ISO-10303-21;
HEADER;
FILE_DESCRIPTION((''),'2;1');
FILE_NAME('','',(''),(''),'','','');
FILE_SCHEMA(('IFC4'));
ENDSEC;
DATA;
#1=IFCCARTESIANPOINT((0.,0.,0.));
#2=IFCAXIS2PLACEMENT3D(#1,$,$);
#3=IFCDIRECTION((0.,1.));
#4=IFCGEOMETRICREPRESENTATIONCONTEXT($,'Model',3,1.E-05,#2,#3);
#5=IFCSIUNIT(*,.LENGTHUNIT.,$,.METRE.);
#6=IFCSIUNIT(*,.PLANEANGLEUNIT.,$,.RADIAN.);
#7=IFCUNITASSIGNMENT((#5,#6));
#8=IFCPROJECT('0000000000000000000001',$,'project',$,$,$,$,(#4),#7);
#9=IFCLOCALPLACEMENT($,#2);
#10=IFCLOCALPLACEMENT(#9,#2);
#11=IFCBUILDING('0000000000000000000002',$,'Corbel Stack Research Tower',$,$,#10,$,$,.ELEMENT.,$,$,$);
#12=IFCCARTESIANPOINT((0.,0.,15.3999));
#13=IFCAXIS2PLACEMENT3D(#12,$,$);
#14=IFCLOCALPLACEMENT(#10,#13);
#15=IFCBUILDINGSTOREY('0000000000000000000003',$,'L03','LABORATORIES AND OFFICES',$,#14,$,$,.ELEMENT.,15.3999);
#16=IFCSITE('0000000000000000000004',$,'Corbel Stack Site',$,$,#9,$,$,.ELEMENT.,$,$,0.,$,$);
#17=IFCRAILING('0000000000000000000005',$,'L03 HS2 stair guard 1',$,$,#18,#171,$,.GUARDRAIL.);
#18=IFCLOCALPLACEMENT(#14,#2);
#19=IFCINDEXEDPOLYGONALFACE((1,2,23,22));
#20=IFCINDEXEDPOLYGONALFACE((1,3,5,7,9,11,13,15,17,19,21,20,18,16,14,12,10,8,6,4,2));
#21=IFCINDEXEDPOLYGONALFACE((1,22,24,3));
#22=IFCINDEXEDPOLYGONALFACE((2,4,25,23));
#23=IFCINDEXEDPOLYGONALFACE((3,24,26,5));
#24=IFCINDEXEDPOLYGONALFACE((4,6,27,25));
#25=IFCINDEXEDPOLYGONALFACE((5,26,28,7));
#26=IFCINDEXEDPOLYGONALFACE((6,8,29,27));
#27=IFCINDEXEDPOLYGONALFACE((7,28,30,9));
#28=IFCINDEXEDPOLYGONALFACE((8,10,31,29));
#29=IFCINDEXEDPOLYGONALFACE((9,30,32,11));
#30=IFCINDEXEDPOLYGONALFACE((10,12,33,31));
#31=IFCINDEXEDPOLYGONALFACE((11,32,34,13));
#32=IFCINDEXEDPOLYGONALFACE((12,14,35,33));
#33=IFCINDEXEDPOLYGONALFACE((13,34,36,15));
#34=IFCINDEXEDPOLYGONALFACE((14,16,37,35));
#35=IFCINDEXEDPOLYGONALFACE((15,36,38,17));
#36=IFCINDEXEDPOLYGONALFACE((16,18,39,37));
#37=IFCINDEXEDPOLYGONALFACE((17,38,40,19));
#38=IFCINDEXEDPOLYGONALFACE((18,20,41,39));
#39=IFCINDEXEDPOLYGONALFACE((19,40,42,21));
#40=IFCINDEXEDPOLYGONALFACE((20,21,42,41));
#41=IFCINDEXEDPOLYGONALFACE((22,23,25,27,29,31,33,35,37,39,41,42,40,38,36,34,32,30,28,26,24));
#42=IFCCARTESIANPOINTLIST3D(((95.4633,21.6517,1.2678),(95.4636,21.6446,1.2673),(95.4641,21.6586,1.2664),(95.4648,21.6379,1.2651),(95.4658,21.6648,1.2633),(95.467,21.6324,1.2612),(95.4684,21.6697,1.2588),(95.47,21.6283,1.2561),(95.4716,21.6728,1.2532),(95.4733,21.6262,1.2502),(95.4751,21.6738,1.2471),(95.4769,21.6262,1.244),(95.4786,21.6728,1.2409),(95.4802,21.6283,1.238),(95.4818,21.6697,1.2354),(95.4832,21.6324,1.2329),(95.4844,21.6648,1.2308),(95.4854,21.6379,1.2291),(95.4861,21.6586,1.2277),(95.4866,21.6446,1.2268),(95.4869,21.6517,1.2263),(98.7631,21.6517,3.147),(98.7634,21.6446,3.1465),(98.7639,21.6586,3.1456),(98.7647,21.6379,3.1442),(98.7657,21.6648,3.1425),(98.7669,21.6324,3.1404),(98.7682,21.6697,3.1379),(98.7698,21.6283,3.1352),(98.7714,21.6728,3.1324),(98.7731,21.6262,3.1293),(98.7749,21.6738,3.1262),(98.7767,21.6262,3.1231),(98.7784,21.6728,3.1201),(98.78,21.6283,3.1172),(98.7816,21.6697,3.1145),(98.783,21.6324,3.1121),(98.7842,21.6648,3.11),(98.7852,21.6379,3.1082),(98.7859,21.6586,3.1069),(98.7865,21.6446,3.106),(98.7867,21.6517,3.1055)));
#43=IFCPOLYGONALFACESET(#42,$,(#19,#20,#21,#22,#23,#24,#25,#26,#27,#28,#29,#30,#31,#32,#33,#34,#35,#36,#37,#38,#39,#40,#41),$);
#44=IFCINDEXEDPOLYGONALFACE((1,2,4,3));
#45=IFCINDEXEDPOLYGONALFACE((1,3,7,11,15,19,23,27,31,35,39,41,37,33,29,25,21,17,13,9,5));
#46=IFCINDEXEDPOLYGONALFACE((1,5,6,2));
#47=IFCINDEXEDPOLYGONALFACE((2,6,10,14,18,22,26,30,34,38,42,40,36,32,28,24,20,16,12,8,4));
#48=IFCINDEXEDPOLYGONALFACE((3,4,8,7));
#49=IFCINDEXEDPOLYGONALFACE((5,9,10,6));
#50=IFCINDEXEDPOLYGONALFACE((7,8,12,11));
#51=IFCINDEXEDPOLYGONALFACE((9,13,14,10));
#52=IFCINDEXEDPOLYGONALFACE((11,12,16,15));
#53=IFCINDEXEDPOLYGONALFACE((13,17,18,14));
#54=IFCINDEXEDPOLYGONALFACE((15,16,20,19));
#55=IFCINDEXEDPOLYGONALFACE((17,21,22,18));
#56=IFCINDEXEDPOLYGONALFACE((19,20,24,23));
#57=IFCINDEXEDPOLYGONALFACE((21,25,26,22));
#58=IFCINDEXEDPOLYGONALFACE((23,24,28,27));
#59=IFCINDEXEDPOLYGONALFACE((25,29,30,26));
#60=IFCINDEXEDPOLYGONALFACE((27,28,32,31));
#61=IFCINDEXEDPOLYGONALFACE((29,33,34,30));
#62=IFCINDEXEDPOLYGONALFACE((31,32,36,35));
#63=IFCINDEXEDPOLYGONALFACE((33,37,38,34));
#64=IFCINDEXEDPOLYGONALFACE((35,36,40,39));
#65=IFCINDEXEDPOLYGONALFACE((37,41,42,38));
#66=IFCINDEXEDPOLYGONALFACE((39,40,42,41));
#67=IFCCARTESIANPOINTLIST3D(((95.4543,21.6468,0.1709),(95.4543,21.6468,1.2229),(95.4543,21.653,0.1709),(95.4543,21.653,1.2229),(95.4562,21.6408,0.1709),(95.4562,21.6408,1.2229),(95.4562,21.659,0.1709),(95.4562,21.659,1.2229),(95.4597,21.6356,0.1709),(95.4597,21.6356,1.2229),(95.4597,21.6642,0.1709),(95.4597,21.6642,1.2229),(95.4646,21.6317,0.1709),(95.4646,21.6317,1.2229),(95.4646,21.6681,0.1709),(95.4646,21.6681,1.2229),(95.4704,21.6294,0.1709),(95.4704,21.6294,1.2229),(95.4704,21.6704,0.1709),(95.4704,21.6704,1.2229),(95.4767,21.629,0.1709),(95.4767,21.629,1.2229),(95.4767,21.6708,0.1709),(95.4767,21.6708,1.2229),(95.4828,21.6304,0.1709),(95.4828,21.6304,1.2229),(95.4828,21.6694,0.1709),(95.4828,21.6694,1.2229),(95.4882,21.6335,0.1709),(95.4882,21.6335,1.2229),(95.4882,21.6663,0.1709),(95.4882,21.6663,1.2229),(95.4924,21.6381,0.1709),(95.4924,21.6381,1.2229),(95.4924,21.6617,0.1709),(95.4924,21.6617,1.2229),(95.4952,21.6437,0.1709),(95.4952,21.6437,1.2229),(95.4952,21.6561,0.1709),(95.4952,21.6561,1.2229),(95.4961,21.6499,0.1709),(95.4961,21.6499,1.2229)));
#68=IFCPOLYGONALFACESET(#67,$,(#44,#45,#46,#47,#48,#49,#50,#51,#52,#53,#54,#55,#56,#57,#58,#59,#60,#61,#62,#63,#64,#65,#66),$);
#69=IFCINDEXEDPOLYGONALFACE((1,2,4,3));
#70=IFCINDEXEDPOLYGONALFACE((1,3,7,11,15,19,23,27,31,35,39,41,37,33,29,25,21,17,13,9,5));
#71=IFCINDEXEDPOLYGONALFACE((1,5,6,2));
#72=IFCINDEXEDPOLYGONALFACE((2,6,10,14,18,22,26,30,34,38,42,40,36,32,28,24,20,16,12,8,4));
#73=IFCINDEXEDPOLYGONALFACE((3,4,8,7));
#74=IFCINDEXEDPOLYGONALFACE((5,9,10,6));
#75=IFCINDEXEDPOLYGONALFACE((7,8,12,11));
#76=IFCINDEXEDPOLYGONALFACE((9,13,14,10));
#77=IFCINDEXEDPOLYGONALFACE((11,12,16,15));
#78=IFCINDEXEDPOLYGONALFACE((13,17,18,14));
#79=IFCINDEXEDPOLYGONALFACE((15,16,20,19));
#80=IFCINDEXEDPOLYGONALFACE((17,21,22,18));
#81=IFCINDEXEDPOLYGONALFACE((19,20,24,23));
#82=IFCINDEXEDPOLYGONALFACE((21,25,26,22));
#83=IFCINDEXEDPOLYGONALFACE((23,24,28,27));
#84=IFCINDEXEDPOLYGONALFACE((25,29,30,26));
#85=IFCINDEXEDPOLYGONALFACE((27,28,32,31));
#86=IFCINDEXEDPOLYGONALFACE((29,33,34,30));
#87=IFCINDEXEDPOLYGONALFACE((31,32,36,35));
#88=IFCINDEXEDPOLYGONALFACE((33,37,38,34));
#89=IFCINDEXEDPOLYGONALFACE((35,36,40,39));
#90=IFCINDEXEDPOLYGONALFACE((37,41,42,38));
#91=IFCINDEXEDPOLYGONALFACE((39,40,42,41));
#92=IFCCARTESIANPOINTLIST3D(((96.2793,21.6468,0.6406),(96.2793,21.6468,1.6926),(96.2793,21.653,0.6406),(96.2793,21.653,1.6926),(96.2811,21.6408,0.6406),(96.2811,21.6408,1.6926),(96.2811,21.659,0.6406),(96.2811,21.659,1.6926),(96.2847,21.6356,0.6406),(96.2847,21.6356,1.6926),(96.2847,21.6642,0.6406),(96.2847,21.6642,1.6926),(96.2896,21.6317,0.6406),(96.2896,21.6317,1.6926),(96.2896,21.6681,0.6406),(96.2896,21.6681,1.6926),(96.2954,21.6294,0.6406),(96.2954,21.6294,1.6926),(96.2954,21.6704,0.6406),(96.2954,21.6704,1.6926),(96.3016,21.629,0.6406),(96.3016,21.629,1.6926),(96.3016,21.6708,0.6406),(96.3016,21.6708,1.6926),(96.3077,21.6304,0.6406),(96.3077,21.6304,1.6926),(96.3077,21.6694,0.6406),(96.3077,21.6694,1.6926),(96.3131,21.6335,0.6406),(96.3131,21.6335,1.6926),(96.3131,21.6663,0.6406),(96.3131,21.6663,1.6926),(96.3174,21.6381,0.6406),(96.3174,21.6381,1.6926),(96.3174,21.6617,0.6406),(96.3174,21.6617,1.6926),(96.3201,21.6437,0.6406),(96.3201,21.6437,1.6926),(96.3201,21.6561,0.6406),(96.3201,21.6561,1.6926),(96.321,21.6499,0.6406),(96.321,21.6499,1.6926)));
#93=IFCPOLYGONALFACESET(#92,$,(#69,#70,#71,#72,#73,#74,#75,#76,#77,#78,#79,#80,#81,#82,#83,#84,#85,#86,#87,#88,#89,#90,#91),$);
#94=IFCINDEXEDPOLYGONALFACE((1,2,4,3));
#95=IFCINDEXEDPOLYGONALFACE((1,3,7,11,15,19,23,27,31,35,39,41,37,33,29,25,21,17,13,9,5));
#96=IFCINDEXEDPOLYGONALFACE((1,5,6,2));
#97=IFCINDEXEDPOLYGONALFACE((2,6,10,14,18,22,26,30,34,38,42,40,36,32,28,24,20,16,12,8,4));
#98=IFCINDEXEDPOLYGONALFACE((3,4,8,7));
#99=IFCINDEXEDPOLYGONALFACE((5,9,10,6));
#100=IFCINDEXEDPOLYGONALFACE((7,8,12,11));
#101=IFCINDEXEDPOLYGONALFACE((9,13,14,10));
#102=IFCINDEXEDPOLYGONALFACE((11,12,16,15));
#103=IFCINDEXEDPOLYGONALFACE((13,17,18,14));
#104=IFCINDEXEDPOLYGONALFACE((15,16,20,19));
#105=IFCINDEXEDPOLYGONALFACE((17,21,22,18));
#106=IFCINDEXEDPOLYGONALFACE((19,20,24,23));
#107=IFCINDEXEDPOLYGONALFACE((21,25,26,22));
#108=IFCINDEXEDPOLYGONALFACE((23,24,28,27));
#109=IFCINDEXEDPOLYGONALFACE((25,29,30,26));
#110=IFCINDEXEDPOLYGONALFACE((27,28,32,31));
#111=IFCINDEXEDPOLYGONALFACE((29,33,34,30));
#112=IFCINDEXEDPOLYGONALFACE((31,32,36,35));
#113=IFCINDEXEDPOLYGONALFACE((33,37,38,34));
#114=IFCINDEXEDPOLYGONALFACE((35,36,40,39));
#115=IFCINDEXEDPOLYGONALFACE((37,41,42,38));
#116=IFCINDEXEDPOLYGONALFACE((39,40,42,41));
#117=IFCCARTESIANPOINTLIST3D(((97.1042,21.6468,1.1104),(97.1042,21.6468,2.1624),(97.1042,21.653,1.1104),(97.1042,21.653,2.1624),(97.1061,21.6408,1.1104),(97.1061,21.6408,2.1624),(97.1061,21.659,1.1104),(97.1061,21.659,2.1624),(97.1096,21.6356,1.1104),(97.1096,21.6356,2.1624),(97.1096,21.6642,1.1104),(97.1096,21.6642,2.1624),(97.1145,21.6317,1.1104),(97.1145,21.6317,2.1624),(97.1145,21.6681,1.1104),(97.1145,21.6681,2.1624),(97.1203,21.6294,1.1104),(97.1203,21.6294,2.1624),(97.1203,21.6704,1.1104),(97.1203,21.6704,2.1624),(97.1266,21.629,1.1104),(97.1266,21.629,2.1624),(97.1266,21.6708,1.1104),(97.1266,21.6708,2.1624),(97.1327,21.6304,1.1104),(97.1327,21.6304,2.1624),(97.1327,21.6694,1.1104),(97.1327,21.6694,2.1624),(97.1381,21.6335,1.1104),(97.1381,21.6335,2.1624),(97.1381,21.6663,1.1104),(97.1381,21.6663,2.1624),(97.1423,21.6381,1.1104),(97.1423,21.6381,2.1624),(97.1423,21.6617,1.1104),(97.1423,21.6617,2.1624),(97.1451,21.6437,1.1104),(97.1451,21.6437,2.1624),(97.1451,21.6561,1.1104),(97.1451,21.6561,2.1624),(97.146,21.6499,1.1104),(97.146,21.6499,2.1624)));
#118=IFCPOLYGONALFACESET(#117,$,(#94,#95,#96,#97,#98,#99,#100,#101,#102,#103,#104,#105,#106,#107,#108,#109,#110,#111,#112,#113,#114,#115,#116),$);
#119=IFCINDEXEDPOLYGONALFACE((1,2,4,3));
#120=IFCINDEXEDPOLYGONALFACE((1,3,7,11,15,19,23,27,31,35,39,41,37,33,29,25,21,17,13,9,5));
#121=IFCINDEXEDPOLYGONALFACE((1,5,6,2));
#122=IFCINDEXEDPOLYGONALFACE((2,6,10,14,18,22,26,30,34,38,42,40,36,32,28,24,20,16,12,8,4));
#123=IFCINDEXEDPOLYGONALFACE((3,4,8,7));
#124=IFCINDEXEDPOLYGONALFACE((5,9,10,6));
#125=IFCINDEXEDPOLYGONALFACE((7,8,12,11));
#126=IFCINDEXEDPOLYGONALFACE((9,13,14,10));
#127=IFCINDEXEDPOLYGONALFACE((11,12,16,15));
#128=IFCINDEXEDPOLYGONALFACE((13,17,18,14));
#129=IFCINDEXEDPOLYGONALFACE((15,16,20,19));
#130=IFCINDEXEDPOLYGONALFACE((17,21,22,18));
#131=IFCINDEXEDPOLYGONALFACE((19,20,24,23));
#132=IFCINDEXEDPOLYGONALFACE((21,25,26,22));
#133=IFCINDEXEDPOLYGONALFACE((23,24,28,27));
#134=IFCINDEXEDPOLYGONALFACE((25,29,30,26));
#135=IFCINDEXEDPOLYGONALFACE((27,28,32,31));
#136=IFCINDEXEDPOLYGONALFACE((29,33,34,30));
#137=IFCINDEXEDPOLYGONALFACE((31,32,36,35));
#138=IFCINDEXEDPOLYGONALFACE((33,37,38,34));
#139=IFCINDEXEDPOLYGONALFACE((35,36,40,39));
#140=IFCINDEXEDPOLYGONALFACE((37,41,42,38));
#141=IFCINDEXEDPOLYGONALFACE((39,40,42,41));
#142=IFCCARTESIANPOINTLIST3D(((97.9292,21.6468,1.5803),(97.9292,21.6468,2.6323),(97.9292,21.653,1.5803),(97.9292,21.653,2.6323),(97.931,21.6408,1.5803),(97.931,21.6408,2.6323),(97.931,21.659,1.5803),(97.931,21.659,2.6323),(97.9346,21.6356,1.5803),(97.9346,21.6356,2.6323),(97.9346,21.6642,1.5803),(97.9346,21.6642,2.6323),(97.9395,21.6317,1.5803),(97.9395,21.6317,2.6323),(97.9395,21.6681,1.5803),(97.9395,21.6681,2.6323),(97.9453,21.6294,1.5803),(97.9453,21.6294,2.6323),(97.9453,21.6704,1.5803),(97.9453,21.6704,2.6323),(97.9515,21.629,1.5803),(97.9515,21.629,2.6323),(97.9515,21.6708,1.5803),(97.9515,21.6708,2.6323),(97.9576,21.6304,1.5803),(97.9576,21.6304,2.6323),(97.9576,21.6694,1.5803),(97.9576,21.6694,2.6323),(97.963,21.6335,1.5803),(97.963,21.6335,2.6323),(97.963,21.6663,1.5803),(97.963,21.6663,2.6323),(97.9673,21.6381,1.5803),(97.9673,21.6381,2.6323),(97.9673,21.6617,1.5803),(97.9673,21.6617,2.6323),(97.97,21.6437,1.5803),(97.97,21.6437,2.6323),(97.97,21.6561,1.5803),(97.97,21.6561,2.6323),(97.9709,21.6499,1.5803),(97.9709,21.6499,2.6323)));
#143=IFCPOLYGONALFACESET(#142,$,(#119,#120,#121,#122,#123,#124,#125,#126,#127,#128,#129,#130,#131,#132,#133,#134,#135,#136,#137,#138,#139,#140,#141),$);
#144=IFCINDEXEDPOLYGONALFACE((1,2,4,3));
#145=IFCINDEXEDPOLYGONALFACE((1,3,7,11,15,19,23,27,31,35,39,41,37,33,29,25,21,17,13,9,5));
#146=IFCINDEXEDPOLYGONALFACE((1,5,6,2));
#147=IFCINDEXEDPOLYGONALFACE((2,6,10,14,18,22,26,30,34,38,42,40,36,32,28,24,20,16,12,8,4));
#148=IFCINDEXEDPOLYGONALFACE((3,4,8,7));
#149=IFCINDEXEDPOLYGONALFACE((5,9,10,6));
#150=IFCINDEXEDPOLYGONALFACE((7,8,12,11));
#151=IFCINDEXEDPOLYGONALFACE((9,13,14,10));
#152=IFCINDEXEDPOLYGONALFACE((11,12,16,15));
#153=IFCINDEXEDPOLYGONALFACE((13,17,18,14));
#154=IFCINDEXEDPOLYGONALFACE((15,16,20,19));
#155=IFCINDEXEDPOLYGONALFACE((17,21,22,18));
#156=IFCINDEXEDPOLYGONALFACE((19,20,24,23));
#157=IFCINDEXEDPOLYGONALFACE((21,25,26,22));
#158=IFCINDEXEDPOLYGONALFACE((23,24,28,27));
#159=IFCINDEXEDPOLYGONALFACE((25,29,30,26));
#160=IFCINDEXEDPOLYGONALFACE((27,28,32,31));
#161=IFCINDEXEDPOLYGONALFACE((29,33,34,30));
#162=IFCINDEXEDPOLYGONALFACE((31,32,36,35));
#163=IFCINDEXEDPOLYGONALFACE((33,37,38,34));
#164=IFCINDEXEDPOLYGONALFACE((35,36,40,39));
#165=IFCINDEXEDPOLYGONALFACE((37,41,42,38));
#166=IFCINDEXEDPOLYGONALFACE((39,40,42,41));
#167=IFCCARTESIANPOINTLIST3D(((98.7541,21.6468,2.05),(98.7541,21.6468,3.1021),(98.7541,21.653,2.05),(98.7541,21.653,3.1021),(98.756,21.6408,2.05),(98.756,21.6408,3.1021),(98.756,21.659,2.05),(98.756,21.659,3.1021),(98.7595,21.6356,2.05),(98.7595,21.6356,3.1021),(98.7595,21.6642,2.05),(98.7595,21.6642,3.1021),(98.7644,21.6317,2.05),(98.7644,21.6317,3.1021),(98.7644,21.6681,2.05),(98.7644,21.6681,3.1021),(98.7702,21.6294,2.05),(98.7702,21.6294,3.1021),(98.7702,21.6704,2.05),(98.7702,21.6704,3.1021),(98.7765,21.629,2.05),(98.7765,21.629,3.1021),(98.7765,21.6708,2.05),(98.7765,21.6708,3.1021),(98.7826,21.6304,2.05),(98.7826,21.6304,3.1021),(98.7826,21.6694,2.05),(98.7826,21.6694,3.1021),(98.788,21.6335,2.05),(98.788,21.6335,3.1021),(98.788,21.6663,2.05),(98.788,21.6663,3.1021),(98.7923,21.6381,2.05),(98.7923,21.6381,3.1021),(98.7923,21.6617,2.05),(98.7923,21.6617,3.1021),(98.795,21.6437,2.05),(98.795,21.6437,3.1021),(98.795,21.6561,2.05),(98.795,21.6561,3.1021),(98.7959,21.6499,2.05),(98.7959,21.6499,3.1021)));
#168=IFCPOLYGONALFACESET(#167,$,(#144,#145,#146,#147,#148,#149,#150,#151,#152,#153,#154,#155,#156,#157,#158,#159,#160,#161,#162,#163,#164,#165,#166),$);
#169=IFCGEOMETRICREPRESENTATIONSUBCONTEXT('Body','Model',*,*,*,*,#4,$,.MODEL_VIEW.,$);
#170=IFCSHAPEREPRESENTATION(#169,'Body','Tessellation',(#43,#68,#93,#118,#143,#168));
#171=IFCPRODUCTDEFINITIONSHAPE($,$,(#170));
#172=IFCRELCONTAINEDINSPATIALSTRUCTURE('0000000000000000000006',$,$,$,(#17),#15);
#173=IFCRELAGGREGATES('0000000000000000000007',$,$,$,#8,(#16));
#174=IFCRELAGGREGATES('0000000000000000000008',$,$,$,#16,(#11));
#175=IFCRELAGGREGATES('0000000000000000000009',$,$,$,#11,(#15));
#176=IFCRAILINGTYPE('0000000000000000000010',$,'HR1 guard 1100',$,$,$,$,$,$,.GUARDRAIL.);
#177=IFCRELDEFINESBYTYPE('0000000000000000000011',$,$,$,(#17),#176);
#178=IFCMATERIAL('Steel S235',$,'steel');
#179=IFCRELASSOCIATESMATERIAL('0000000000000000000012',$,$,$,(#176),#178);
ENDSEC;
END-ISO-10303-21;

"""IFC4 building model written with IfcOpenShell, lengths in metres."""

from ifc_helpers import new_model, si_unit, direction, frame, origin, origin_2d, place, context, subcontext, project, spatial, circle, extrude, material, type_object, element, save


model = new_model("IFC4")

# Units and contexts
model_context = context("Model", 3, precision=1e-05, world=origin(), true_north=direction((0.0, 1.0)))
body_context = subcontext(model_context, "Body", "Model", "MODEL_VIEW")
ifc_project = project(units=[si_unit("LENGTHUNIT", "METRE"), si_unit("PLANEANGLEUNIT", "RADIAN")], contexts=[model_context])

# Site, building, storey
site_placement = place(None, origin())
site = spatial("IfcSite", under=ifc_project, at=site_placement, Name="Corbel Stack Site", CompositionType="ELEMENT", RefElevation=0.0)
building_placement = place(site_placement, origin())
building = spatial("IfcBuilding", under=site, at=building_placement, Name="Corbel Stack Research Tower", CompositionType="ELEMENT")
storey_placement = place(building_placement, frame((0.0, 0.0, 15.3999)))
storey = spatial("IfcBuildingStorey", under=building, at=storey_placement, Name="L03", Description="LABORATORIES AND OFFICES", CompositionType="ELEMENT", Elevation=15.3999)

# Railing
ifc_material_1 = material(Name="Steel S235", Category="steel")
railing_type_1 = type_object("IfcRailingType", Name="HR1 guard 1100", PredefinedType="GUARDRAIL", material=ifc_material_1)
railing_1_placement = place(storey_placement, frame((95.4751, 21.6499, 0.1709)))
element("IfcRailing", 1, at=railing_1_placement, inside=storey, type_object=railing_type_1, Name="L03 HS2 stair guard 1", PredefinedType="GUARDRAIL", context=body_context, shape_type="SweptSolid", body=[
    extrude(circle(Radius=0.0239, at=origin_2d()), frame((0.0, 0.0, 1.0762), z_axis=(0.868974, 0.0, 0.494857), x_axis=(0.0, 1.0, 0.0)), (0.0, 0.0, 1.0), 3.7974),
    extrude(circle(Radius=0.021, at=origin_2d()), origin(), (0.0, 0.0, 1.0), 1.052),
    extrude(circle(Radius=0.021, at=origin_2d()), frame((0.825, 0.0, 0.4697)), (0.0, 0.0, 1.0), 1.052),
    extrude(circle(Radius=0.021, at=origin_2d()), frame((1.6499, 0.0, 0.9395)), (0.0, 0.0, 1.0), 1.052),
    extrude(circle(Radius=0.021, at=origin_2d()), frame((2.4749, 0.0, 1.4094)), (0.0, 0.0, 1.0), 1.052),
    extrude(circle(Radius=0.021, at=origin_2d()), frame((3.2998, 0.0, 1.8792)), (0.0, 0.0, 1.0), 1.052),
])

save(model, "model.ifc")
